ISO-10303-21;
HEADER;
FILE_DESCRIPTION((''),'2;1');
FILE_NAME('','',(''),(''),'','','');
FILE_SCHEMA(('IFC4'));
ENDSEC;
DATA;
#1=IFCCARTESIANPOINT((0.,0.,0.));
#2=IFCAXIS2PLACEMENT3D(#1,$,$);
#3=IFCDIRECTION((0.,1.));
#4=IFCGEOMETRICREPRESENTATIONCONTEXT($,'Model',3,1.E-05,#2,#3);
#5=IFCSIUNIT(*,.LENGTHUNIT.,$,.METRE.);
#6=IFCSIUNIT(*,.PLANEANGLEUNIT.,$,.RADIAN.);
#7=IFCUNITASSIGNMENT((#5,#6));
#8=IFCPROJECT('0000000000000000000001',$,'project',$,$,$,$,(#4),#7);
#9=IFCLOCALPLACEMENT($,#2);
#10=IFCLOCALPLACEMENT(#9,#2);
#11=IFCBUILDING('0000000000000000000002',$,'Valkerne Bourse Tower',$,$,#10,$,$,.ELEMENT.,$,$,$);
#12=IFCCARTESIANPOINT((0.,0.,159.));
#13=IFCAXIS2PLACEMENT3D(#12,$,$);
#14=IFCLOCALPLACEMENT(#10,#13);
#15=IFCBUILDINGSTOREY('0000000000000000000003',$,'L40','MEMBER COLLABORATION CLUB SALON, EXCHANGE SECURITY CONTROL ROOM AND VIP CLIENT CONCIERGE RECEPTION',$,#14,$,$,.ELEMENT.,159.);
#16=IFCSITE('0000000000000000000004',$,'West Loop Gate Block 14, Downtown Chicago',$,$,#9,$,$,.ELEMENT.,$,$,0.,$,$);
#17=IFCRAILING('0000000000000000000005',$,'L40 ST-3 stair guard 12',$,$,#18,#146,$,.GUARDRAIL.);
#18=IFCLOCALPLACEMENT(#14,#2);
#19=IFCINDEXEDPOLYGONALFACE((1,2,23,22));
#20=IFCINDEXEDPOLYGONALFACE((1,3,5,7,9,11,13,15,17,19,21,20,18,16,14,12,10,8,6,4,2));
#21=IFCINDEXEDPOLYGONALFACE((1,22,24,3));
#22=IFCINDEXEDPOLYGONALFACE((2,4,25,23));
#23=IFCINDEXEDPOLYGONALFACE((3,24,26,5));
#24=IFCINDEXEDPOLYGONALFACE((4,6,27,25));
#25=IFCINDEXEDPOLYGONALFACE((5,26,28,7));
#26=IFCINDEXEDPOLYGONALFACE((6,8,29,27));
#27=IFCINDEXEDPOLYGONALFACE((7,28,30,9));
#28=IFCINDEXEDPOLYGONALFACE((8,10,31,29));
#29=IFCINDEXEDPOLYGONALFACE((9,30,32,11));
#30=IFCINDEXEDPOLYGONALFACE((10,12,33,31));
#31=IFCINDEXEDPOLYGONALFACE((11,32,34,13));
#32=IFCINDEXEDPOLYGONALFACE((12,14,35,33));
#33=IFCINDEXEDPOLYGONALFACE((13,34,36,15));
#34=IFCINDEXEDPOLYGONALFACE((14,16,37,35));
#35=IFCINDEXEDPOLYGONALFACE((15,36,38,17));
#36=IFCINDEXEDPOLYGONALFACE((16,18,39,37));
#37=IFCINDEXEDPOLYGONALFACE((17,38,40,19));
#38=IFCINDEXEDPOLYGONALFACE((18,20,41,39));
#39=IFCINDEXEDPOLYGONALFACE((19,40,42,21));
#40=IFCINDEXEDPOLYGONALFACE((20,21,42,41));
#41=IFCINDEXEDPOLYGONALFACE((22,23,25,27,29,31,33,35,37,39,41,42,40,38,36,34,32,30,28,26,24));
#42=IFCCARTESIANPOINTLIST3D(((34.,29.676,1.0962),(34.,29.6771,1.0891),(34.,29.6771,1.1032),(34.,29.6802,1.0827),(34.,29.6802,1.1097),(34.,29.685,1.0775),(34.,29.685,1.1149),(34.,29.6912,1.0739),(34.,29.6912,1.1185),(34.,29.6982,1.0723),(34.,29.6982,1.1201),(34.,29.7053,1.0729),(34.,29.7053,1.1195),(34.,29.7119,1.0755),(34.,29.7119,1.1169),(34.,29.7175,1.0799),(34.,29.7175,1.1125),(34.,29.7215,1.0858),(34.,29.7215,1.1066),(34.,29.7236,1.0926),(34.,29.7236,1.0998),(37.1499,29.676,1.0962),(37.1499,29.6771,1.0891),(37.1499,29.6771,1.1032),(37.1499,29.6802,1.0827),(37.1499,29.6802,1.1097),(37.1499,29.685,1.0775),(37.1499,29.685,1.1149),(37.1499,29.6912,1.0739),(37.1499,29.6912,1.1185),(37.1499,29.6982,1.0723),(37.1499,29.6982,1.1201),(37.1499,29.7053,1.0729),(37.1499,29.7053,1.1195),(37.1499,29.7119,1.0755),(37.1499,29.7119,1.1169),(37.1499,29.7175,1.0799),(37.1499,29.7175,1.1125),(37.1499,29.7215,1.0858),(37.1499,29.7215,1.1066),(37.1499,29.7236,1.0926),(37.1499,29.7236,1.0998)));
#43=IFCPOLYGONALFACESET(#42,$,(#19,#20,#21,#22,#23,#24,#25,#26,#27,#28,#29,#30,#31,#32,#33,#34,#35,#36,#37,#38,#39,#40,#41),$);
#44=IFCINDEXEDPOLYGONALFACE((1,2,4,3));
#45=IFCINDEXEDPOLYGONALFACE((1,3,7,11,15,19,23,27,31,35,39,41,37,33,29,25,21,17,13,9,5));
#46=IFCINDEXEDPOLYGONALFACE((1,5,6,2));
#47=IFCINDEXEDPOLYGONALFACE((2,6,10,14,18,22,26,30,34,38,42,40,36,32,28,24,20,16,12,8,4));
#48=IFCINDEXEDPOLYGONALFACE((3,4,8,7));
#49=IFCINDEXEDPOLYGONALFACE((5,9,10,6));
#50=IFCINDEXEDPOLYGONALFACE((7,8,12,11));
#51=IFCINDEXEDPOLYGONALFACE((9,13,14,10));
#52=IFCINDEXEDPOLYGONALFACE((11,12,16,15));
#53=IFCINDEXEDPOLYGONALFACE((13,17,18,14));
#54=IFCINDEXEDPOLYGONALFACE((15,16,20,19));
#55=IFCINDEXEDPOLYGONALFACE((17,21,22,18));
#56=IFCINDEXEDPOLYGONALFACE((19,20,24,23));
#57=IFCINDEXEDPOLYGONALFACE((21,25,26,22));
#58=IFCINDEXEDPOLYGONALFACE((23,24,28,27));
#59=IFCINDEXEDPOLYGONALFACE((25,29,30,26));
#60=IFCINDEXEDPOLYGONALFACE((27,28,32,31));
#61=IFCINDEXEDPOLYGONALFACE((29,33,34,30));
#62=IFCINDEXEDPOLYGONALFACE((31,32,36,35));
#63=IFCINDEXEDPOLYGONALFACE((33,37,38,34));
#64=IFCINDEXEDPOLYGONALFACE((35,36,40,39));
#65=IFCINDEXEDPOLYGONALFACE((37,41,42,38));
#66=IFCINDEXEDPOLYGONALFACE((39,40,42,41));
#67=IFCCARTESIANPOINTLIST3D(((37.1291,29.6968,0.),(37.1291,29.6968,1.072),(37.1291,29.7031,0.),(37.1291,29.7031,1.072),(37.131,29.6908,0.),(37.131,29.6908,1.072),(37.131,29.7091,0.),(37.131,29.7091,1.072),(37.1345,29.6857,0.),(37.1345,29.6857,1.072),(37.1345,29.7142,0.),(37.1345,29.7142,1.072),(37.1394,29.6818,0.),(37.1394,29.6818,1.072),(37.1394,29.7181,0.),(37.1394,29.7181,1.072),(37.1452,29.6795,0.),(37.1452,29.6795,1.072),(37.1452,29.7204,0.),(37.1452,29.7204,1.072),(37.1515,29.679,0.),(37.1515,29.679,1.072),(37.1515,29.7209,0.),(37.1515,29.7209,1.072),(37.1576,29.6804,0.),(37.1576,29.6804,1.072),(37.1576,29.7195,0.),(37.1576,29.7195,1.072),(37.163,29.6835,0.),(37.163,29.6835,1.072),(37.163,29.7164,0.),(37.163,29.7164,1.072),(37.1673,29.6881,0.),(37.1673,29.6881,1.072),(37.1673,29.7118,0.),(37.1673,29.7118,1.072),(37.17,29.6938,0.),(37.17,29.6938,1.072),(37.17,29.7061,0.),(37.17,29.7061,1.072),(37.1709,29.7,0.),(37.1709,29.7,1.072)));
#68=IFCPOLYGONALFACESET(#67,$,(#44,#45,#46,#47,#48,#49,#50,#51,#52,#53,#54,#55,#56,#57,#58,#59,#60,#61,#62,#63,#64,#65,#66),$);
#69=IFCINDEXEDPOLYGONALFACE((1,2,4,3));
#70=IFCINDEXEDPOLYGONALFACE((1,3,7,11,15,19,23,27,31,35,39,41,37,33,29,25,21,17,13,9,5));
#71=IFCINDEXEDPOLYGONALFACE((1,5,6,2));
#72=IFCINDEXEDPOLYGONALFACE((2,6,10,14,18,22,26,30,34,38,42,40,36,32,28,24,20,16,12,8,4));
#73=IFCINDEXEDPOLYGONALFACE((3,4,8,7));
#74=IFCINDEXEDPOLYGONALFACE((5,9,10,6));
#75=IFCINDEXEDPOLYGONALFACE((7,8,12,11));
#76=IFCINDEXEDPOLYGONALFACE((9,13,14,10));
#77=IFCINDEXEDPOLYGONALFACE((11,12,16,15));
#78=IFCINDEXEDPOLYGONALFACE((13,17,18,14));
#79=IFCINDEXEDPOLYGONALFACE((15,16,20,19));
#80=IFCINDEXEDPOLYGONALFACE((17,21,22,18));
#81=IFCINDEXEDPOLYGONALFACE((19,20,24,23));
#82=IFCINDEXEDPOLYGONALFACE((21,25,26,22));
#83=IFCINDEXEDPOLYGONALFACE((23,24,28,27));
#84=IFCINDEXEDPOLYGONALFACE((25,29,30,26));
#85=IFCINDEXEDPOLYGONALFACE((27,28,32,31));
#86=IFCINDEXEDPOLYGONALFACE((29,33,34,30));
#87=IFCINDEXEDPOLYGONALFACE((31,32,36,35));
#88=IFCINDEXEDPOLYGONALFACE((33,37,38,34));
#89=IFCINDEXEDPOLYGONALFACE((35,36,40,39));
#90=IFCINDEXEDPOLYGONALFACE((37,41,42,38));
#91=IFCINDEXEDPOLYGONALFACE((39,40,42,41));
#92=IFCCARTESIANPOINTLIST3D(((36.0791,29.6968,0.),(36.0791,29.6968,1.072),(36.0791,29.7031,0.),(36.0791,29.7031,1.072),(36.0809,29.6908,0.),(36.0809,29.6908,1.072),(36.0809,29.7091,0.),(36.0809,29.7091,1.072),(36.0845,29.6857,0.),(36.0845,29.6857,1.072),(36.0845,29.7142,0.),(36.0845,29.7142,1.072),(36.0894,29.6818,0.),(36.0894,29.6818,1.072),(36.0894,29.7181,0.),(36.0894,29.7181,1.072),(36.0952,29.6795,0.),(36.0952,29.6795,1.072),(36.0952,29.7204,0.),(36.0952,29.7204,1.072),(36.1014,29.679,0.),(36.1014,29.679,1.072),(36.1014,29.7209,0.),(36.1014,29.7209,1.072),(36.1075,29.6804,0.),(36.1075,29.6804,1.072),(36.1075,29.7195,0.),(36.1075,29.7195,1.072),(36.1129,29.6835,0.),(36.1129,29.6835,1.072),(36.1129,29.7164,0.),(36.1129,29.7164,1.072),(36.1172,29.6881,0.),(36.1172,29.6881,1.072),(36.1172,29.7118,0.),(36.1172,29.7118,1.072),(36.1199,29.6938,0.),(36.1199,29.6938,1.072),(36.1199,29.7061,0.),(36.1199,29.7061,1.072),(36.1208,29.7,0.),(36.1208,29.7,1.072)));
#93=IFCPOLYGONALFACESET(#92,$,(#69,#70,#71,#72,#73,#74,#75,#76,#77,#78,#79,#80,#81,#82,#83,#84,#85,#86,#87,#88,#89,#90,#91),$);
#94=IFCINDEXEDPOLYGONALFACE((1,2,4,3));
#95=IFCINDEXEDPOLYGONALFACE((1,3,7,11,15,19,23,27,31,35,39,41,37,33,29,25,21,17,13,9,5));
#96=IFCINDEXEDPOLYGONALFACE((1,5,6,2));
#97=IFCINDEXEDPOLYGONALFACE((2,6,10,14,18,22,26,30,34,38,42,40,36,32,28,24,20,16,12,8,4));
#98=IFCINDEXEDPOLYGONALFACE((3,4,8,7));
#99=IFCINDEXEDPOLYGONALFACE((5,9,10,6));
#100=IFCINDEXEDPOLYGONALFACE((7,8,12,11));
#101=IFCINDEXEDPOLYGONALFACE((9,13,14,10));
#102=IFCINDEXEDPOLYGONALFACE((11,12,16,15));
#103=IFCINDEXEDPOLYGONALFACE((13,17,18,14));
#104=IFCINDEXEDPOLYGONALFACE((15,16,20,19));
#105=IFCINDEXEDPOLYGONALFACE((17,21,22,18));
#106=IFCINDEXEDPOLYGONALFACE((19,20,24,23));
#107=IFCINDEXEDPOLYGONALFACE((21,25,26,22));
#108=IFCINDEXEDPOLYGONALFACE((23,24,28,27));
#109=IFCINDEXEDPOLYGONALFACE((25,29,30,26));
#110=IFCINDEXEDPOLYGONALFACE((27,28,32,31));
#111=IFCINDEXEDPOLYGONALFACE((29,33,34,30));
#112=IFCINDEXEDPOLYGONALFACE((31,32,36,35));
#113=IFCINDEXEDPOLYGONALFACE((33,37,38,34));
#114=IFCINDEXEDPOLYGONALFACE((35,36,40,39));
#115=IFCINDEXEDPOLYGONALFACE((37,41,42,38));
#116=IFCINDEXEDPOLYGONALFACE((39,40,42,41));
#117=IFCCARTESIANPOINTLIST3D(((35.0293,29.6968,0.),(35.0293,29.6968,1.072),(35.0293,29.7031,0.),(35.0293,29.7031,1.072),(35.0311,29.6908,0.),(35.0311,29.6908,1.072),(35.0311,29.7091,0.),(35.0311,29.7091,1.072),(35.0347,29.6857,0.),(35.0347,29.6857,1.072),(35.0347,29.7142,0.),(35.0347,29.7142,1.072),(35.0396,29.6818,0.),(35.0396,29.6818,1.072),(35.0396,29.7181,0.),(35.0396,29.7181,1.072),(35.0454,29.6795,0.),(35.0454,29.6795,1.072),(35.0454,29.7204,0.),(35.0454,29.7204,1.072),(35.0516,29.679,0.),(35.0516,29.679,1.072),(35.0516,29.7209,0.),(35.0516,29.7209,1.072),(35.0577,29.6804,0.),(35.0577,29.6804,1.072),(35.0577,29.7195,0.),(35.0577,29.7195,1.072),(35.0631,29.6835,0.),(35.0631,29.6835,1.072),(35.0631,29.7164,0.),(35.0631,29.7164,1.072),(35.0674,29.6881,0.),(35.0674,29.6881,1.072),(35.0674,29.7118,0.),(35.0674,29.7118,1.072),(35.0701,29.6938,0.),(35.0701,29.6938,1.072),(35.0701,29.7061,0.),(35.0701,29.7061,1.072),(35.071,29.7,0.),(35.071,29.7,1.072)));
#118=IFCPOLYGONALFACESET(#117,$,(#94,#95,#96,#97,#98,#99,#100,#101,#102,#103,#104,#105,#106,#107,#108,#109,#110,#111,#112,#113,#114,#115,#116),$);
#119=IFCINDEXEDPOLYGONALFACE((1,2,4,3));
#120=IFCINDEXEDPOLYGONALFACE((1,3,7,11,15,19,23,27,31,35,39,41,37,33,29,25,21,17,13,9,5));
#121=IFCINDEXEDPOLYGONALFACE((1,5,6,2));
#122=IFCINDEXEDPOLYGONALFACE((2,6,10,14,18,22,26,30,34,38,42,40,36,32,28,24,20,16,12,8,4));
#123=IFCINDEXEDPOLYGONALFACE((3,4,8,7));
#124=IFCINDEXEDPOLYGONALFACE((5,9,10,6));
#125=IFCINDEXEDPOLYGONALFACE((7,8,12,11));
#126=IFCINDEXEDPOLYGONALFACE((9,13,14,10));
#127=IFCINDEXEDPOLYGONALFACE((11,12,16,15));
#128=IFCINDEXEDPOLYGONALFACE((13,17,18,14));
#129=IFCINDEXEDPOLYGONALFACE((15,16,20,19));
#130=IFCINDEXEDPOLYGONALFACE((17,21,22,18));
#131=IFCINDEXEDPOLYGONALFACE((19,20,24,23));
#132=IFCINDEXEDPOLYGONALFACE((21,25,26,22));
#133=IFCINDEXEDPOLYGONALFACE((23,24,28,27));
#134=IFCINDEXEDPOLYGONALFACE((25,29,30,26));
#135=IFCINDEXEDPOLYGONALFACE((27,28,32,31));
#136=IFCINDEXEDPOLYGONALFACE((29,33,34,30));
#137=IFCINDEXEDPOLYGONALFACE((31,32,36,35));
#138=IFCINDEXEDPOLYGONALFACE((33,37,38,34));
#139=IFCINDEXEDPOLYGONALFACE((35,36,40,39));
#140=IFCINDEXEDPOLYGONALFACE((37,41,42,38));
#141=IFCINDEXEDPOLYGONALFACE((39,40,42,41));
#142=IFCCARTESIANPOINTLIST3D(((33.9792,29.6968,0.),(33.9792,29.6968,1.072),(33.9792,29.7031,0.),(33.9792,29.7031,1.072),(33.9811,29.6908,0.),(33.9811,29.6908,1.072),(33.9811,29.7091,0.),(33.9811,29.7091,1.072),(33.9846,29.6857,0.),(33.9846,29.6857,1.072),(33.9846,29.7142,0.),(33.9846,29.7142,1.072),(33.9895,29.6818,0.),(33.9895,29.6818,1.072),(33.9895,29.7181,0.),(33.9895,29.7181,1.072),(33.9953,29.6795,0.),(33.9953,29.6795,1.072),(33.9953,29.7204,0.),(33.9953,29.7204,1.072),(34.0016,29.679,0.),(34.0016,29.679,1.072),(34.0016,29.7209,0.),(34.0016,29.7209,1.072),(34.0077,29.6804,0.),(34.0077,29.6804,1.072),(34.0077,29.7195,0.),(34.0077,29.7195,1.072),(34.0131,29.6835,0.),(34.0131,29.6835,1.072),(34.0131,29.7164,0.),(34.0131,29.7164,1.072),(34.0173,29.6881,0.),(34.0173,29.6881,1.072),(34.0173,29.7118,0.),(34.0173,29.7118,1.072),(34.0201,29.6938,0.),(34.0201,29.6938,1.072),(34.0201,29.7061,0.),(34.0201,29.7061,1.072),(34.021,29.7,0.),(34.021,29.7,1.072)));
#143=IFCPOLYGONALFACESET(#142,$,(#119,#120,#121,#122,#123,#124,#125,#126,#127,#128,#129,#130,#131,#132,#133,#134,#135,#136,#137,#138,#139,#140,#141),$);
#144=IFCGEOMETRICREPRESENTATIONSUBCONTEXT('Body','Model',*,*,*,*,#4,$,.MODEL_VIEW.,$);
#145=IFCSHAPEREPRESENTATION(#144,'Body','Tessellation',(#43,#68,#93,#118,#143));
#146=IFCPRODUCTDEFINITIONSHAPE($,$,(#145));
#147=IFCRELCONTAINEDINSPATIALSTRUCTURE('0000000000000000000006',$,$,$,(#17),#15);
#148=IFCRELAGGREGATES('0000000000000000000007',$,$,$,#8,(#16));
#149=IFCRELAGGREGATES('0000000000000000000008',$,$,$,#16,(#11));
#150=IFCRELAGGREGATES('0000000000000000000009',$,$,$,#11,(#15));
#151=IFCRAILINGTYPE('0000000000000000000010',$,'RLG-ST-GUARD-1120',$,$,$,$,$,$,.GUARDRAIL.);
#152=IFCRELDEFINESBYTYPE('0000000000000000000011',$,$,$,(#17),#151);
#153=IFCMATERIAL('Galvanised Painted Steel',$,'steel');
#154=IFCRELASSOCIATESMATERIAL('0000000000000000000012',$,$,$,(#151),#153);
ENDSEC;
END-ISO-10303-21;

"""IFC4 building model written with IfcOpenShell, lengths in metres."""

from ifc_helpers import new_model, si_unit, direction, frame, origin, origin_2d, place, context, subcontext, project, spatial, circle, extrude, material, type_object, element, save


model = new_model("IFC4")

# Units and contexts
model_context = context("Model", 3, precision=1e-05, world=origin(), true_north=direction((0.0, 1.0)))
body_context = subcontext(model_context, "Body", "Model", "MODEL_VIEW")
ifc_project = project(units=[si_unit("LENGTHUNIT", "METRE"), si_unit("PLANEANGLEUNIT", "RADIAN")], contexts=[model_context])

# Site, building, storey
site_placement = place(None, origin())
site = spatial("IfcSite", under=ifc_project, at=site_placement, Name="West Loop Gate Block 14, Downtown Chicago", CompositionType="ELEMENT", RefElevation=0.0)
building_placement = place(site_placement, origin())
building = spatial("IfcBuilding", under=site, at=building_placement, Name="Valkerne Bourse Tower", CompositionType="ELEMENT")
storey_placement = place(building_placement, frame((0.0, 0.0, 159.0)))
storey = spatial("IfcBuildingStorey", under=building, at=storey_placement, Name="L40", Description="MEMBER COLLABORATION CLUB SALON, EXCHANGE SECURITY CONTROL ROOM AND VIP CLIENT CONCIERGE RECEPTION", CompositionType="ELEMENT", Elevation=159.0)

# Railing
ifc_material_1 = material(Name="Galvanised Painted Steel", Category="steel")
railing_type_1 = type_object("IfcRailingType", Name="RLG-ST-GUARD-1120", PredefinedType="GUARDRAIL", material=ifc_material_1)
railing_1_placement = place(storey_placement, frame((37.1499, 29.7, 0.0)))
element("IfcRailing", 1, at=railing_1_placement, inside=storey, type_object=railing_type_1, Name="L40 ST-3 stair guard 12", PredefinedType="GUARDRAIL", context=body_context, shape_type="SweptSolid", body=[
    extrude(circle(Radius=0.0239, at=origin_2d()), frame((0.0, 0.0, 1.0962), z_axis=(-1.0, 0.0, 0.0), x_axis=(0.0, -1.0, 0.0)), (0.0, 0.0, 1.0), 3.1499),
    extrude(circle(Radius=0.021, at=origin_2d()), origin(), (0.0, 0.0, 1.0), 1.072),
    extrude(circle(Radius=0.021, at=origin_2d()), frame((-1.05, 0.0, 0.0)), (0.0, 0.0, 1.0), 1.072),
    extrude(circle(Radius=0.021, at=origin_2d()), frame((-2.0999, 0.0, 0.0)), (0.0, 0.0, 1.0), 1.072),
    extrude(circle(Radius=0.021, at=origin_2d()), frame((-3.1499, 0.0, 0.0)), (0.0, 0.0, 1.0), 1.072),
])

save(model, "model.ifc")
